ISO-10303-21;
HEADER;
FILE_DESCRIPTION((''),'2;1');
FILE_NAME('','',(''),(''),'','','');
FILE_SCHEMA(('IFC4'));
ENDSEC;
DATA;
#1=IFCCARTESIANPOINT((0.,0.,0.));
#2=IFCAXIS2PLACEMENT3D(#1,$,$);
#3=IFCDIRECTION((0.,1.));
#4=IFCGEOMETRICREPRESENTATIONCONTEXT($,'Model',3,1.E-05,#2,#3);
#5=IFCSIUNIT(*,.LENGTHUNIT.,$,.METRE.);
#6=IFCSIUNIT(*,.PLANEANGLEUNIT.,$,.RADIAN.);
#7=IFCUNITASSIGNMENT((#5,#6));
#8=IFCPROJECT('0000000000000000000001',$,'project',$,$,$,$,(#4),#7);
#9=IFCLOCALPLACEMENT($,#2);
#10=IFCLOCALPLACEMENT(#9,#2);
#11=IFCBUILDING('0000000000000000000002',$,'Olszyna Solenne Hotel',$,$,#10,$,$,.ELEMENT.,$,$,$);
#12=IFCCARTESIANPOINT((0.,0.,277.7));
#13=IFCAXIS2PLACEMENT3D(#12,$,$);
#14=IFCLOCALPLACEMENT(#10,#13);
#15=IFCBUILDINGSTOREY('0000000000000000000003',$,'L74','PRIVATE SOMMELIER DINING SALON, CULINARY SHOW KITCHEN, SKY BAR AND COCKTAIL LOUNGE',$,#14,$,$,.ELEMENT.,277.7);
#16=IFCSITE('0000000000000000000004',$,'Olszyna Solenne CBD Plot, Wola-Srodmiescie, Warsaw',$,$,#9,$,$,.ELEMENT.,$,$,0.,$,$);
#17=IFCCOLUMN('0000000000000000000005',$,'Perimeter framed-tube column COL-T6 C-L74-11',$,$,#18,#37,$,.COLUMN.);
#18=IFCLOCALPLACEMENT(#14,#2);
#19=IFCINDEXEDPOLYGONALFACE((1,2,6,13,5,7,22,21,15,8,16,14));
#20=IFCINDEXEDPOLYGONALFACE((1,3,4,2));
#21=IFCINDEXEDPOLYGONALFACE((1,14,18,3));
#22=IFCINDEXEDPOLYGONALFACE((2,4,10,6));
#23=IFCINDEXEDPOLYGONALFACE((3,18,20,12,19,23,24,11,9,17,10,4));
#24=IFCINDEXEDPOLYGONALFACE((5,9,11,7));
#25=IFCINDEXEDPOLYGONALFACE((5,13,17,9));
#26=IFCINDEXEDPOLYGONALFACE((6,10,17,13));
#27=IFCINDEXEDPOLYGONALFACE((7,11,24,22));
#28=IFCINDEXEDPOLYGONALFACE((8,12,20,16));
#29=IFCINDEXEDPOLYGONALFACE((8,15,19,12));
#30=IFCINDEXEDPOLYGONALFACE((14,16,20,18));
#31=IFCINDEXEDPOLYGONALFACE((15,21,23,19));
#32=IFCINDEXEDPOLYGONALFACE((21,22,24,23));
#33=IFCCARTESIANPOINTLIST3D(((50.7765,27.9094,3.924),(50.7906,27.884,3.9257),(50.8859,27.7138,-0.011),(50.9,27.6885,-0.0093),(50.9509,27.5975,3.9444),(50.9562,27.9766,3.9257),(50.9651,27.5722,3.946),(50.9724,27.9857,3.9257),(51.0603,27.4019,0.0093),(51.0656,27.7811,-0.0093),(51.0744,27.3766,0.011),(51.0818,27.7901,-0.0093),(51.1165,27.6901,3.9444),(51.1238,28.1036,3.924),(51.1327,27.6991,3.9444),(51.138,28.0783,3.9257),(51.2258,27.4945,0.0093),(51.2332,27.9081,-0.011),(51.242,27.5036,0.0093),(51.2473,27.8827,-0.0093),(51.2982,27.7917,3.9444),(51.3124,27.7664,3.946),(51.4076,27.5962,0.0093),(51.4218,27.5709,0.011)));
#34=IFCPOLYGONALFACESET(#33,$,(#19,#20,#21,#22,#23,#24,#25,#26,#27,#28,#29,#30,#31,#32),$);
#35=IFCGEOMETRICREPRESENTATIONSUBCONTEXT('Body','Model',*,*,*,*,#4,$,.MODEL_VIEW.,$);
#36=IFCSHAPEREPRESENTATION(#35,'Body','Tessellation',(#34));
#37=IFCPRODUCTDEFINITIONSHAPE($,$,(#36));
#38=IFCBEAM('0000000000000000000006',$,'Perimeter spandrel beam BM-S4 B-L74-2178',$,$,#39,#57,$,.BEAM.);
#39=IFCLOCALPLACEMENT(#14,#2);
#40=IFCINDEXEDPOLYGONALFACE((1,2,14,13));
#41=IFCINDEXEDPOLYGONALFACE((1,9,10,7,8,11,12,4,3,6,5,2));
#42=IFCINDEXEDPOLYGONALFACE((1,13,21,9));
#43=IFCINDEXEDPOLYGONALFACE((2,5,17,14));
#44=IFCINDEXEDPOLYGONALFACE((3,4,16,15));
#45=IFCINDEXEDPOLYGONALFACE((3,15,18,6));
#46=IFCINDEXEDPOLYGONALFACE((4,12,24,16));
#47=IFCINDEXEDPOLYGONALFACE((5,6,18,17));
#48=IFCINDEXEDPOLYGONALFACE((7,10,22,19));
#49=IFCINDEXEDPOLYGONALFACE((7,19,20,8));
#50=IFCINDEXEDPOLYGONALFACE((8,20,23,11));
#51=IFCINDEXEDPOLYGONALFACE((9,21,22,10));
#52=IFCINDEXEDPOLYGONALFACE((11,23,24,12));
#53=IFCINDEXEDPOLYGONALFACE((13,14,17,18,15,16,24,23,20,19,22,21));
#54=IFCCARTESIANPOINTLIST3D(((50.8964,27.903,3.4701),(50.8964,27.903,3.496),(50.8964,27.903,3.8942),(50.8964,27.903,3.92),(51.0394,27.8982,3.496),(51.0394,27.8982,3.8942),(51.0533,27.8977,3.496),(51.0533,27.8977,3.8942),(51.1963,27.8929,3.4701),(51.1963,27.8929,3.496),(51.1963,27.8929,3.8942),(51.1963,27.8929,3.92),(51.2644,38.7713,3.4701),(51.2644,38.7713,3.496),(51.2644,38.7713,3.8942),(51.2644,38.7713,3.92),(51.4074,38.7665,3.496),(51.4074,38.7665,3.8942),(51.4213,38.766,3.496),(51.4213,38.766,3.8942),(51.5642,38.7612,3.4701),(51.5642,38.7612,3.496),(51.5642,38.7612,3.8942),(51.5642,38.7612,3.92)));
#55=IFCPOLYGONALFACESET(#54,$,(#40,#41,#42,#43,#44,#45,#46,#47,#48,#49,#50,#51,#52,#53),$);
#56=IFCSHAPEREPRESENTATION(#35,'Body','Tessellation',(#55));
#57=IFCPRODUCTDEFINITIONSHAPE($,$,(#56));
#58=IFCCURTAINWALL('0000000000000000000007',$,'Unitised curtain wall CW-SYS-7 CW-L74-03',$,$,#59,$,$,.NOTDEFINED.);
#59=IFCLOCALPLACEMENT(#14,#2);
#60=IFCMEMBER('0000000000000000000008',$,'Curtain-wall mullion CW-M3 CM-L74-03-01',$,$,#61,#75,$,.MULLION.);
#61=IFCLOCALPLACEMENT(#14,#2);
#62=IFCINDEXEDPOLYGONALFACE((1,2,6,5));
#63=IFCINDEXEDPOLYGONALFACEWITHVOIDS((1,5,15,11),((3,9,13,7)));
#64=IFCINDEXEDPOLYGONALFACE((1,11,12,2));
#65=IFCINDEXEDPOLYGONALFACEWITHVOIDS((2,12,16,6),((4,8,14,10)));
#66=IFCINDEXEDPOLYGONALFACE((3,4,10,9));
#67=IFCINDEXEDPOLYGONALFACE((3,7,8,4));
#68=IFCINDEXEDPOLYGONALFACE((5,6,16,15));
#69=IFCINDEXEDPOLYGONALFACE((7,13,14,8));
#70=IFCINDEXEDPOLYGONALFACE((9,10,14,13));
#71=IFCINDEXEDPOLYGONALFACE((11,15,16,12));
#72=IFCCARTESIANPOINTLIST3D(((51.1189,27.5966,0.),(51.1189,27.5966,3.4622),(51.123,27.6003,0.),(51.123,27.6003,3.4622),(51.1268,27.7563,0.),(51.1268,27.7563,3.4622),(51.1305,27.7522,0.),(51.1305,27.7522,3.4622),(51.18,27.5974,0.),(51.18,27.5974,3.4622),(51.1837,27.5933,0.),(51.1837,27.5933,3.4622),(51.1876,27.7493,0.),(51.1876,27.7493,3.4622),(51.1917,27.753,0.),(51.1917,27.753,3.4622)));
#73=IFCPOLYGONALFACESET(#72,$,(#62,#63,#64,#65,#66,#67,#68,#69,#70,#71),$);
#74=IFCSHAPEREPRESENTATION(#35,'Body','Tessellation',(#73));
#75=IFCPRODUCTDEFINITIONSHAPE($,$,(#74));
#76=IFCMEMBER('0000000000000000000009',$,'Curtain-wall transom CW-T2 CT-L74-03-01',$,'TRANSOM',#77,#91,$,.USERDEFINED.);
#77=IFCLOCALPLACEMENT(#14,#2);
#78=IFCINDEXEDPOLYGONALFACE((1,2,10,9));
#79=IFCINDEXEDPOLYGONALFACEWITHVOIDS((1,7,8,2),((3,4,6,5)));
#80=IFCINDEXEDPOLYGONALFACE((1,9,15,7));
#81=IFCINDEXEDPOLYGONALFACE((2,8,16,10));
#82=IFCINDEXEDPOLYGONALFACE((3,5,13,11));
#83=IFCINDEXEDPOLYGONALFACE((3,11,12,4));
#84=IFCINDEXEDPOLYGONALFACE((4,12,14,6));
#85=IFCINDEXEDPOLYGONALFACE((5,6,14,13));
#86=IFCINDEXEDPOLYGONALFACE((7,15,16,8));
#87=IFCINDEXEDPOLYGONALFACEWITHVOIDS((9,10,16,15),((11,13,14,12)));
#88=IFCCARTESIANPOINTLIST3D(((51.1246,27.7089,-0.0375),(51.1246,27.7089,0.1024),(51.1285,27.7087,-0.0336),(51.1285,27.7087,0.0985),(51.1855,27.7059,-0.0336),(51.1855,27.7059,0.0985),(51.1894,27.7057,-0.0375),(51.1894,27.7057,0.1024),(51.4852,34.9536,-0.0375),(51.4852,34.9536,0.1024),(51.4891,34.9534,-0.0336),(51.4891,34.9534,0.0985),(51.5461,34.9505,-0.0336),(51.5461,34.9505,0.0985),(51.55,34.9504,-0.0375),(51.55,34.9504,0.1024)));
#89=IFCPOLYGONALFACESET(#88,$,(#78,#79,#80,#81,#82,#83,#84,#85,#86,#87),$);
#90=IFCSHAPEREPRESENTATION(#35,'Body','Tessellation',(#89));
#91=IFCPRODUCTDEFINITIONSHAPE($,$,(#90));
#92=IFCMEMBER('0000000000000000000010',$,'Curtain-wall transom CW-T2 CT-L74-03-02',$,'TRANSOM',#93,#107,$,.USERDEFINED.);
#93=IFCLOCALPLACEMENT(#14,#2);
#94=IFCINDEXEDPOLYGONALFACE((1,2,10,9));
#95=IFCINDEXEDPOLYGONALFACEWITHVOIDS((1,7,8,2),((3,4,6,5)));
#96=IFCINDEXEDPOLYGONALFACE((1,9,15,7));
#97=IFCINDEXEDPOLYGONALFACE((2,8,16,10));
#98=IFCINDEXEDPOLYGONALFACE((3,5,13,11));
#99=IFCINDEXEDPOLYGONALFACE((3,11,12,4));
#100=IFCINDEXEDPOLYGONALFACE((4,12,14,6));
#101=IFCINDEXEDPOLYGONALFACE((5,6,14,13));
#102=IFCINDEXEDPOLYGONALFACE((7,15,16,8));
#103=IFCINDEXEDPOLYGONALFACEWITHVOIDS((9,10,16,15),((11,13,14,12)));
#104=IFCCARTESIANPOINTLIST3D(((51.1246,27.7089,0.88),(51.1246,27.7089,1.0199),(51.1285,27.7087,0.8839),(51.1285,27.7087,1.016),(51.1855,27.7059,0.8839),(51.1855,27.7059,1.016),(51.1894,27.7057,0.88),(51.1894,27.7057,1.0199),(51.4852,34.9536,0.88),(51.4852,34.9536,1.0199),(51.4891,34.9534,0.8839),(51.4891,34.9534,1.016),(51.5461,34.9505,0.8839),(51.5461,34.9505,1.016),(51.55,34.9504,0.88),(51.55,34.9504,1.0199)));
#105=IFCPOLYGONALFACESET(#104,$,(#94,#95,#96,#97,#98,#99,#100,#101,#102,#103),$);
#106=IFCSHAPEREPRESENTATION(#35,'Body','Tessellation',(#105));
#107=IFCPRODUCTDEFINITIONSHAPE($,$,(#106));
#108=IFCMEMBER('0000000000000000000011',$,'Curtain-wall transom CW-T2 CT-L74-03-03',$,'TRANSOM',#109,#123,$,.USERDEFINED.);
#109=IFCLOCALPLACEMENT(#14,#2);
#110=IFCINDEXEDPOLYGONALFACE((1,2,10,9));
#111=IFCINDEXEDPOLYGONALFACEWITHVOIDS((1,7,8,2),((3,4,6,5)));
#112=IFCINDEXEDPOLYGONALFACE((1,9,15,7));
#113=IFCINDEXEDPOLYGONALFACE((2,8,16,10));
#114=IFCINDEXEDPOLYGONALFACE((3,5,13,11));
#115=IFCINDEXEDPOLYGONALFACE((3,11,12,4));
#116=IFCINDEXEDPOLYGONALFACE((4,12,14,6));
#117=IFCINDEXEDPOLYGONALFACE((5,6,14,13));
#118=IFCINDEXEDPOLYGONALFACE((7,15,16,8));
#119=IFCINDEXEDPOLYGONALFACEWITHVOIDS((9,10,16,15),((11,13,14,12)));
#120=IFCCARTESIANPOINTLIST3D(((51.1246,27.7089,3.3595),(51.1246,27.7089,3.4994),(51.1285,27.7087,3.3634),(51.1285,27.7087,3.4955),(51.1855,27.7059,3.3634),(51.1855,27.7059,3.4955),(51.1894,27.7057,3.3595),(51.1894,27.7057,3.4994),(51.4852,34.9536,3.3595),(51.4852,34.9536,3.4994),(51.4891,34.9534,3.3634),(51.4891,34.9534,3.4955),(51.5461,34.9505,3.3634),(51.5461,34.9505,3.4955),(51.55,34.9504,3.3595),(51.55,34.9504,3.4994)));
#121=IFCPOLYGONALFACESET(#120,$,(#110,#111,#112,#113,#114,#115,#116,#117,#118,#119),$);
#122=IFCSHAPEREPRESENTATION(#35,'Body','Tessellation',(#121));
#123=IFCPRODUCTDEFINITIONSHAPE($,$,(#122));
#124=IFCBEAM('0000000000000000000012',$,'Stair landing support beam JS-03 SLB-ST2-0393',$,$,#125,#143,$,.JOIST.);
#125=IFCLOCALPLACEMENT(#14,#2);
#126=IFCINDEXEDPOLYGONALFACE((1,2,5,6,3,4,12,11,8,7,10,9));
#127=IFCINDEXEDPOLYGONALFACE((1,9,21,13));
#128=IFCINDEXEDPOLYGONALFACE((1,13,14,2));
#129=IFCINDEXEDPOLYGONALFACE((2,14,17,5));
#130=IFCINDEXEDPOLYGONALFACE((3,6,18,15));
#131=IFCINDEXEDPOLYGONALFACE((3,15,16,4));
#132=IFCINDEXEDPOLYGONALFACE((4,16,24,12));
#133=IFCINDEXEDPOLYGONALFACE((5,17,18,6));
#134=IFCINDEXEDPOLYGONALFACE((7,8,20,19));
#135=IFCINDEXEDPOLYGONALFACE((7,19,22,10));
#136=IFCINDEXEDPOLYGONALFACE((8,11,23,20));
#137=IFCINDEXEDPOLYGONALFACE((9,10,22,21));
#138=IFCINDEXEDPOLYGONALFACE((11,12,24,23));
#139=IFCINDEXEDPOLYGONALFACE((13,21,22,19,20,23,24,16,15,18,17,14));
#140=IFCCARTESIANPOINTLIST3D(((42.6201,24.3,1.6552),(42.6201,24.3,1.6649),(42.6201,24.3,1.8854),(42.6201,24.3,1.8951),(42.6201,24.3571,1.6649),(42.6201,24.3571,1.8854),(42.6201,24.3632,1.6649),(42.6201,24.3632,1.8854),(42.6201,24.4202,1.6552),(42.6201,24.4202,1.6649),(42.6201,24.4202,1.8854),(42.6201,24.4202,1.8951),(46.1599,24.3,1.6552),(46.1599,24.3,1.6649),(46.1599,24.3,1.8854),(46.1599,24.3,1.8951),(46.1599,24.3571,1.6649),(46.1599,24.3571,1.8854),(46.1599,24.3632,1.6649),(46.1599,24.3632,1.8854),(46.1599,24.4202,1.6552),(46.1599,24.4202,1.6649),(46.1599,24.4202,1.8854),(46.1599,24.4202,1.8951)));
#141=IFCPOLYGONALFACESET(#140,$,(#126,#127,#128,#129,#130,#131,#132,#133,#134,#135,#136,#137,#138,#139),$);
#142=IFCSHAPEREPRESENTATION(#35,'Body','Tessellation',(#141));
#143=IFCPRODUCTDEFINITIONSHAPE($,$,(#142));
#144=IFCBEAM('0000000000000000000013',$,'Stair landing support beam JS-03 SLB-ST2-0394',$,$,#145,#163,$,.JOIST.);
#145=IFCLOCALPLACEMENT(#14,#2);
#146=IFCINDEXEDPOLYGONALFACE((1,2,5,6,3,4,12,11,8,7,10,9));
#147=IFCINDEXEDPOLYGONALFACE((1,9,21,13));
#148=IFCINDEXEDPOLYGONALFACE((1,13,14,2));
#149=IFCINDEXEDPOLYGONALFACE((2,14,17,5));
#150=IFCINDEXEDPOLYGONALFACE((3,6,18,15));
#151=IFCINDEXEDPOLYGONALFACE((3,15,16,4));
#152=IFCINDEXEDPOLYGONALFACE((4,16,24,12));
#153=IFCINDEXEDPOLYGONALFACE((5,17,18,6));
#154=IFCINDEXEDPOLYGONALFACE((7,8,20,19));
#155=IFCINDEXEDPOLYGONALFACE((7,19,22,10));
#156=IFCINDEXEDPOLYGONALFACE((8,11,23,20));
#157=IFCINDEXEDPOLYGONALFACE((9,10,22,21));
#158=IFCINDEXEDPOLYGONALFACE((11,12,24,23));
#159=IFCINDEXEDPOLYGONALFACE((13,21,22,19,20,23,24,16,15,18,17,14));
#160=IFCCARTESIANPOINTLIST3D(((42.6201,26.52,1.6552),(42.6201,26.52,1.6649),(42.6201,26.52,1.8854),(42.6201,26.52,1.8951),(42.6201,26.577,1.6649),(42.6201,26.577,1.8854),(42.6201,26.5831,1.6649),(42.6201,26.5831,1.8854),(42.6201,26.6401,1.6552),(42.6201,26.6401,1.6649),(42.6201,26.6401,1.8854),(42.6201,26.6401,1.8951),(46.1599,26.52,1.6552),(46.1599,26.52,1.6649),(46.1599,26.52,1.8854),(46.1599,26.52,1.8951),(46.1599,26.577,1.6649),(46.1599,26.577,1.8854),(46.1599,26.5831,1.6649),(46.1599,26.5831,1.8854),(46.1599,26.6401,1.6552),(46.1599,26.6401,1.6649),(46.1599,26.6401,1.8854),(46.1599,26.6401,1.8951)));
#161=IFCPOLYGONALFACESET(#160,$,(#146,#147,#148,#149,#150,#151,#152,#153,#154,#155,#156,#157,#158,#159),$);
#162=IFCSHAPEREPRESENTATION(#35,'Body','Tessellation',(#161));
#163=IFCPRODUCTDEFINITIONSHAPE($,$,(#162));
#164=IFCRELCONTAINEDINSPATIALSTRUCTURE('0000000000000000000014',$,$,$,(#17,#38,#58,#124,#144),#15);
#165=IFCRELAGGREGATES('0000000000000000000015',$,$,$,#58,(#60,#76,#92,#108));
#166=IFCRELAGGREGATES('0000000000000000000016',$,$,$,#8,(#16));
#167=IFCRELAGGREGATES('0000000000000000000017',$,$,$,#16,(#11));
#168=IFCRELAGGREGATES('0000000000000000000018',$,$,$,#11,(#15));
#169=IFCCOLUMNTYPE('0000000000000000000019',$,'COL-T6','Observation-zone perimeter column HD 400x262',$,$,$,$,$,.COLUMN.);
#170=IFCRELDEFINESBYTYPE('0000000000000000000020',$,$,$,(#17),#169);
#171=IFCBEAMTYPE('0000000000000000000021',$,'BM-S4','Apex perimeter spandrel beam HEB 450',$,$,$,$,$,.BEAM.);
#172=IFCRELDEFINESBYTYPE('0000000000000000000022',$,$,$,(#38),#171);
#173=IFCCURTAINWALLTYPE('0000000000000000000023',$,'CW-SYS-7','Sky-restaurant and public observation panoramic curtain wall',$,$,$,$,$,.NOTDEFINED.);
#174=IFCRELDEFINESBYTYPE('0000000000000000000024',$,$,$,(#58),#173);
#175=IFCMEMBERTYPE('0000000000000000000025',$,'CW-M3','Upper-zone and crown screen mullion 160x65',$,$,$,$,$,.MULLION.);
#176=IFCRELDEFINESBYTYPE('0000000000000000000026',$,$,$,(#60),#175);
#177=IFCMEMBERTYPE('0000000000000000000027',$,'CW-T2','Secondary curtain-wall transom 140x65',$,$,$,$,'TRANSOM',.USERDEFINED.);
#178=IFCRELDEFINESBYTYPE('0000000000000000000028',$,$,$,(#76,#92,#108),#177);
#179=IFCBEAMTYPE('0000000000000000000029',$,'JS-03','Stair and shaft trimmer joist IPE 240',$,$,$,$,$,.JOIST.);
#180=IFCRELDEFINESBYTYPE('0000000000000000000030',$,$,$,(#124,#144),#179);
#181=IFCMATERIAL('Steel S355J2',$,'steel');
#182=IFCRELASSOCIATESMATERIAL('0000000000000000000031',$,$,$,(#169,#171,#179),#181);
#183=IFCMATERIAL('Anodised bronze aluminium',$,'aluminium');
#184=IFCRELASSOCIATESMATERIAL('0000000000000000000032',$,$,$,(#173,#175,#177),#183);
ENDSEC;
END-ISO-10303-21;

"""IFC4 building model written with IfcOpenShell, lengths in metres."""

from ifc_helpers import new_model, si_unit, direction, frame, origin, origin_2d, place, context, subcontext, project, spatial, hollow_rectangle, i_section, extrude, source, transform, mapped, material, material_profile, profile_set, type_object, element, aggregate, save


model = new_model("IFC4")

# Units and contexts
model_context = context("Model", 3, precision=1e-05, world=origin(), true_north=direction((0.0, 1.0)))
body_context = subcontext(model_context, "Body", "Model", "MODEL_VIEW")
ifc_project = project(units=[si_unit("LENGTHUNIT", "METRE"), si_unit("PLANEANGLEUNIT", "RADIAN")], contexts=[model_context])

# Site, building, storey
site_placement = place(None, origin())
site = spatial("IfcSite", under=ifc_project, at=site_placement, Name="Olszyna Solenne CBD Plot, Wola-Srodmiescie, Warsaw", CompositionType="ELEMENT", RefElevation=0.0)
building_placement = place(site_placement, origin())
building = spatial("IfcBuilding", under=site, at=building_placement, Name="Olszyna Solenne Hotel", CompositionType="ELEMENT")
storey_placement = place(building_placement, frame((0.0, 0.0, 277.7)))
storey = spatial("IfcBuildingStorey", under=building, at=storey_placement, Name="L74", Description="PRIVATE SOMMELIER DINING SALON, CULINARY SHOW KITCHEN, SKY BAR AND COCKTAIL LOUNGE", CompositionType="ELEMENT", Elevation=277.7)

# Column
ifc_material_1 = material(Name="Steel S355J2", Category="steel")
ifc_material_profile_1 = material_profile(ifc_material_1, i_section(OverallWidth=0.3979, OverallDepth=0.387, WebThickness=0.0186, FlangeThickness=0.0291, at=origin_2d()), Name="HD 400x262", Category="load-bearing")
ifc_profile_set_1 = profile_set([ifc_material_profile_1], Name="Steel S355J2")
column_type = type_object("IfcColumnType", Name="COL-T6", Description="Observation-zone perimeter column HD 400x262", PredefinedType="COLUMN", material=ifc_profile_set_1)
shared_shape_1 = source(origin(), body_context, "Body", "SweptSolid", [
    extrude(i_section(OverallWidth=0.3979, OverallDepth=0.387, WebThickness=0.0186, FlangeThickness=0.0291, at=origin_2d()), origin(), (0.0, 0.0, 1.0), 3.9414),
])
column_placement = place(storey_placement, frame((51.1538, 27.6423, 0.0), z_axis=(-0.02775, 0.049616, 0.998383), x_axis=(-0.872766, -0.488139, 0.0)))
element("IfcColumn", 1, at=column_placement, inside=storey, type_object=column_type, Name="Perimeter framed-tube column COL-T6 C-L74-11", PredefinedType="COLUMN", context=body_context, shape_type="MappedRepresentation", body=[
    mapped(shared_shape_1, transform((0.0, 0.0, 0.0), x_axis=(1.0, 0.0, 0.0), y_axis=(0.0, 1.0, 0.0), z_axis=(0.0, 0.0, 1.0), scale=1.0)),
])

# Beam
ifc_material_profile_2 = material_profile(ifc_material_1, i_section(OverallWidth=0.3, OverallDepth=0.45, WebThickness=0.0139, FlangeThickness=0.0259, at=origin_2d()), Name="HEB 450", Category="load-bearing")
ifc_profile_set_2 = profile_set([ifc_material_profile_2], Name="Steel S355J2")
beam_type_1 = type_object("IfcBeamType", Name="BM-S4", Description="Apex perimeter spandrel beam HEB 450", PredefinedType="BEAM", material=ifc_profile_set_2)
shared_shape_2 = source(origin(), body_context, "Body", "SweptSolid", [
    extrude(i_section(OverallWidth=0.3, OverallDepth=0.45, WebThickness=0.0139, FlangeThickness=0.0259, at=origin_2d()), origin(), (0.0, 0.0, 1.0), 10.8745),
])
beam_1_placement = place(storey_placement, frame((51.0464, 27.8979, 3.6951), z_axis=(0.033834, 0.999427, 0.0), x_axis=(-0.999427, 0.033834, 0.0)))
element("IfcBeam", 2, at=beam_1_placement, inside=storey, type_object=beam_type_1, Name="Perimeter spandrel beam BM-S4 B-L74-2178", PredefinedType="BEAM", context=body_context, shape_type="MappedRepresentation", body=[
    mapped(shared_shape_2, transform((0.0, 0.0, 0.0), x_axis=(1.0, 0.0, 0.0), y_axis=(0.0, 1.0, 0.0), z_axis=(0.0, 0.0, 1.0), scale=1.0)),
])

# Curtain wall, members
ifc_material_2 = material(Name="Anodised bronze aluminium", Category="aluminium")
curtain_wall_type = type_object("IfcCurtainWallType", Name="CW-SYS-7", Description="Sky-restaurant and public observation panoramic curtain wall", PredefinedType="NOTDEFINED", material=ifc_material_2)
curtain_wall_placement = place(storey_placement, origin())
curtain_wall = element("IfcCurtainWall", 3, at=curtain_wall_placement, inside=storey, type_object=curtain_wall_type, Name="Unitised curtain wall CW-SYS-7 CW-L74-03", PredefinedType="NOTDEFINED")
ifc_material_profile_3 = material_profile(ifc_material_2, hollow_rectangle(XDim=0.0649, YDim=0.1599, WallThickness=0.0039, at=origin_2d()), Name="MULL 160x65x4", Category="load-bearing")
ifc_profile_set_3 = profile_set([ifc_material_profile_3], Name="Anodised bronze aluminium")
member_type_1 = type_object("IfcMemberType", Name="CW-M3", Description="Upper-zone and crown screen mullion 160x65", PredefinedType="MULLION", material=ifc_profile_set_3)
shared_shape_3 = source(origin(), body_context, "Body", "SweptSolid", [
    extrude(hollow_rectangle(XDim=0.0649, YDim=0.1599, WallThickness=0.0039, at=origin_2d()), origin(), (0.0, 0.0, 1.0), 3.4622),
])
member_1_placement = place(storey_placement, frame((51.1553, 27.6748, 0.0), z_axis=(0.0, 0.0, 1.0), x_axis=(-0.998763, 0.049729, 0.0)))
member_1 = element("IfcMember", 4, at=member_1_placement, type_object=member_type_1, Name="Curtain-wall mullion CW-M3 CM-L74-03-01", PredefinedType="MULLION", context=body_context, shape_type="MappedRepresentation", body=[
    mapped(shared_shape_3, transform((0.0, 0.0, 0.0), x_axis=(1.0, 0.0, 0.0), y_axis=(0.0, 1.0, 0.0), z_axis=(0.0, 0.0, 1.0), scale=1.0)),
])
ifc_material_profile_4 = material_profile(ifc_material_2, hollow_rectangle(XDim=0.0649, YDim=0.1399, WallThickness=0.0039, at=origin_2d()), Name="TRAN 140x65x4", Category="load-bearing")
ifc_profile_set_4 = profile_set([ifc_material_profile_4], Name="Anodised bronze aluminium")
member_type_2 = type_object("IfcMemberType", Name="CW-T2", Description="Secondary curtain-wall transom 140x65", ElementType="TRANSOM", PredefinedType="USERDEFINED", material=ifc_profile_set_4)
shared_shape_4 = source(origin(), body_context, "Body", "SweptSolid", [
    extrude(hollow_rectangle(XDim=0.0649, YDim=0.1399, WallThickness=0.0039, at=origin_2d()), origin(), (0.0, 0.0, 1.0), 7.2537),
])
member_2_placement = place(storey_placement, frame((51.157, 27.7073, 0.0325), z_axis=(0.049713, 0.998764, 0.0), x_axis=(-0.998764, 0.049713, 0.0)))
member_2 = element("IfcMember", 5, at=member_2_placement, type_object=member_type_2, Name="Curtain-wall transom CW-T2 CT-L74-03-01", ObjectType="TRANSOM", PredefinedType="USERDEFINED", context=body_context, shape_type="MappedRepresentation", body=[
    mapped(shared_shape_4, transform((0.0, 0.0, 0.0), x_axis=(1.0, 0.0, 0.0), y_axis=(0.0, 1.0, 0.0), z_axis=(0.0, 0.0, 1.0), scale=1.0)),
])
member_3_placement = place(storey_placement, frame((51.157, 27.7073, 0.95), z_axis=(0.049713, 0.998764, 0.0), x_axis=(-0.998764, 0.049713, 0.0)))
member_3 = element("IfcMember", 6, at=member_3_placement, type_object=member_type_2, Name="Curtain-wall transom CW-T2 CT-L74-03-02", ObjectType="TRANSOM", PredefinedType="USERDEFINED", context=body_context, shape_type="MappedRepresentation", body=[
    mapped(shared_shape_4, transform((0.0, 0.0, 0.0), x_axis=(1.0, 0.0, 0.0), y_axis=(0.0, 1.0, 0.0), z_axis=(0.0, 0.0, 1.0), scale=1.0)),
])
member_4_placement = place(storey_placement, frame((51.157, 27.7073, 3.4294), z_axis=(0.049713, 0.998764, 0.0), x_axis=(-0.998764, 0.049713, 0.0)))
member_4 = element("IfcMember", 7, at=member_4_placement, type_object=member_type_2, Name="Curtain-wall transom CW-T2 CT-L74-03-03", ObjectType="TRANSOM", PredefinedType="USERDEFINED", context=body_context, shape_type="MappedRepresentation", body=[
    mapped(shared_shape_4, transform((0.0, 0.0, 0.0), x_axis=(1.0, 0.0, 0.0), y_axis=(0.0, 1.0, 0.0), z_axis=(0.0, 0.0, 1.0), scale=1.0)),
])
aggregate(curtain_wall, [member_1, member_2, member_3, member_4])

# Beams
ifc_material_profile_5 = material_profile(ifc_material_1, i_section(OverallWidth=0.1201, OverallDepth=0.24, WebThickness=0.0061, FlangeThickness=0.0098, at=origin_2d()), Name="IPE 240", Category="load-bearing")
ifc_profile_set_5 = profile_set([ifc_material_profile_5], Name="Steel S355J2")
beam_type_2 = type_object("IfcBeamType", Name="JS-03", Description="Stair and shaft trimmer joist IPE 240", PredefinedType="JOIST", material=ifc_profile_set_5)
shared_shape_5 = source(origin(), body_context, "Body", "SweptSolid", [
    extrude(i_section(OverallWidth=0.1201, OverallDepth=0.24, WebThickness=0.0061, FlangeThickness=0.0098, at=origin_2d()), origin(), (0.0, 0.0, 1.0), 3.5398),
])
for number, where, z_axis, x_axis, name in (
    (8, (46.1599, 24.3601, 1.7751), (-1.0, 0.0, 0.0), (0.0, -1.0, 0.0), "Stair landing support beam JS-03 SLB-ST2-0393"),
    (9, (46.1599, 26.5801, 1.7751), (-1.0, 0.0, 0.0), (0.0, -1.0, 0.0), "Stair landing support beam JS-03 SLB-ST2-0394"),
):
    element("IfcBeam", number, at=place(storey_placement, frame(where, z_axis=z_axis, x_axis=x_axis)), inside=storey, type_object=beam_type_2, Name=name, PredefinedType="JOIST", context=body_context, shape_type="MappedRepresentation", body=[
        mapped(shared_shape_5, transform((0.0, 0.0, 0.0), x_axis=(1.0, 0.0, 0.0), y_axis=(0.0, 1.0, 0.0), z_axis=(0.0, 0.0, 1.0), scale=1.0)),
    ])

save(model, "model.ifc")
